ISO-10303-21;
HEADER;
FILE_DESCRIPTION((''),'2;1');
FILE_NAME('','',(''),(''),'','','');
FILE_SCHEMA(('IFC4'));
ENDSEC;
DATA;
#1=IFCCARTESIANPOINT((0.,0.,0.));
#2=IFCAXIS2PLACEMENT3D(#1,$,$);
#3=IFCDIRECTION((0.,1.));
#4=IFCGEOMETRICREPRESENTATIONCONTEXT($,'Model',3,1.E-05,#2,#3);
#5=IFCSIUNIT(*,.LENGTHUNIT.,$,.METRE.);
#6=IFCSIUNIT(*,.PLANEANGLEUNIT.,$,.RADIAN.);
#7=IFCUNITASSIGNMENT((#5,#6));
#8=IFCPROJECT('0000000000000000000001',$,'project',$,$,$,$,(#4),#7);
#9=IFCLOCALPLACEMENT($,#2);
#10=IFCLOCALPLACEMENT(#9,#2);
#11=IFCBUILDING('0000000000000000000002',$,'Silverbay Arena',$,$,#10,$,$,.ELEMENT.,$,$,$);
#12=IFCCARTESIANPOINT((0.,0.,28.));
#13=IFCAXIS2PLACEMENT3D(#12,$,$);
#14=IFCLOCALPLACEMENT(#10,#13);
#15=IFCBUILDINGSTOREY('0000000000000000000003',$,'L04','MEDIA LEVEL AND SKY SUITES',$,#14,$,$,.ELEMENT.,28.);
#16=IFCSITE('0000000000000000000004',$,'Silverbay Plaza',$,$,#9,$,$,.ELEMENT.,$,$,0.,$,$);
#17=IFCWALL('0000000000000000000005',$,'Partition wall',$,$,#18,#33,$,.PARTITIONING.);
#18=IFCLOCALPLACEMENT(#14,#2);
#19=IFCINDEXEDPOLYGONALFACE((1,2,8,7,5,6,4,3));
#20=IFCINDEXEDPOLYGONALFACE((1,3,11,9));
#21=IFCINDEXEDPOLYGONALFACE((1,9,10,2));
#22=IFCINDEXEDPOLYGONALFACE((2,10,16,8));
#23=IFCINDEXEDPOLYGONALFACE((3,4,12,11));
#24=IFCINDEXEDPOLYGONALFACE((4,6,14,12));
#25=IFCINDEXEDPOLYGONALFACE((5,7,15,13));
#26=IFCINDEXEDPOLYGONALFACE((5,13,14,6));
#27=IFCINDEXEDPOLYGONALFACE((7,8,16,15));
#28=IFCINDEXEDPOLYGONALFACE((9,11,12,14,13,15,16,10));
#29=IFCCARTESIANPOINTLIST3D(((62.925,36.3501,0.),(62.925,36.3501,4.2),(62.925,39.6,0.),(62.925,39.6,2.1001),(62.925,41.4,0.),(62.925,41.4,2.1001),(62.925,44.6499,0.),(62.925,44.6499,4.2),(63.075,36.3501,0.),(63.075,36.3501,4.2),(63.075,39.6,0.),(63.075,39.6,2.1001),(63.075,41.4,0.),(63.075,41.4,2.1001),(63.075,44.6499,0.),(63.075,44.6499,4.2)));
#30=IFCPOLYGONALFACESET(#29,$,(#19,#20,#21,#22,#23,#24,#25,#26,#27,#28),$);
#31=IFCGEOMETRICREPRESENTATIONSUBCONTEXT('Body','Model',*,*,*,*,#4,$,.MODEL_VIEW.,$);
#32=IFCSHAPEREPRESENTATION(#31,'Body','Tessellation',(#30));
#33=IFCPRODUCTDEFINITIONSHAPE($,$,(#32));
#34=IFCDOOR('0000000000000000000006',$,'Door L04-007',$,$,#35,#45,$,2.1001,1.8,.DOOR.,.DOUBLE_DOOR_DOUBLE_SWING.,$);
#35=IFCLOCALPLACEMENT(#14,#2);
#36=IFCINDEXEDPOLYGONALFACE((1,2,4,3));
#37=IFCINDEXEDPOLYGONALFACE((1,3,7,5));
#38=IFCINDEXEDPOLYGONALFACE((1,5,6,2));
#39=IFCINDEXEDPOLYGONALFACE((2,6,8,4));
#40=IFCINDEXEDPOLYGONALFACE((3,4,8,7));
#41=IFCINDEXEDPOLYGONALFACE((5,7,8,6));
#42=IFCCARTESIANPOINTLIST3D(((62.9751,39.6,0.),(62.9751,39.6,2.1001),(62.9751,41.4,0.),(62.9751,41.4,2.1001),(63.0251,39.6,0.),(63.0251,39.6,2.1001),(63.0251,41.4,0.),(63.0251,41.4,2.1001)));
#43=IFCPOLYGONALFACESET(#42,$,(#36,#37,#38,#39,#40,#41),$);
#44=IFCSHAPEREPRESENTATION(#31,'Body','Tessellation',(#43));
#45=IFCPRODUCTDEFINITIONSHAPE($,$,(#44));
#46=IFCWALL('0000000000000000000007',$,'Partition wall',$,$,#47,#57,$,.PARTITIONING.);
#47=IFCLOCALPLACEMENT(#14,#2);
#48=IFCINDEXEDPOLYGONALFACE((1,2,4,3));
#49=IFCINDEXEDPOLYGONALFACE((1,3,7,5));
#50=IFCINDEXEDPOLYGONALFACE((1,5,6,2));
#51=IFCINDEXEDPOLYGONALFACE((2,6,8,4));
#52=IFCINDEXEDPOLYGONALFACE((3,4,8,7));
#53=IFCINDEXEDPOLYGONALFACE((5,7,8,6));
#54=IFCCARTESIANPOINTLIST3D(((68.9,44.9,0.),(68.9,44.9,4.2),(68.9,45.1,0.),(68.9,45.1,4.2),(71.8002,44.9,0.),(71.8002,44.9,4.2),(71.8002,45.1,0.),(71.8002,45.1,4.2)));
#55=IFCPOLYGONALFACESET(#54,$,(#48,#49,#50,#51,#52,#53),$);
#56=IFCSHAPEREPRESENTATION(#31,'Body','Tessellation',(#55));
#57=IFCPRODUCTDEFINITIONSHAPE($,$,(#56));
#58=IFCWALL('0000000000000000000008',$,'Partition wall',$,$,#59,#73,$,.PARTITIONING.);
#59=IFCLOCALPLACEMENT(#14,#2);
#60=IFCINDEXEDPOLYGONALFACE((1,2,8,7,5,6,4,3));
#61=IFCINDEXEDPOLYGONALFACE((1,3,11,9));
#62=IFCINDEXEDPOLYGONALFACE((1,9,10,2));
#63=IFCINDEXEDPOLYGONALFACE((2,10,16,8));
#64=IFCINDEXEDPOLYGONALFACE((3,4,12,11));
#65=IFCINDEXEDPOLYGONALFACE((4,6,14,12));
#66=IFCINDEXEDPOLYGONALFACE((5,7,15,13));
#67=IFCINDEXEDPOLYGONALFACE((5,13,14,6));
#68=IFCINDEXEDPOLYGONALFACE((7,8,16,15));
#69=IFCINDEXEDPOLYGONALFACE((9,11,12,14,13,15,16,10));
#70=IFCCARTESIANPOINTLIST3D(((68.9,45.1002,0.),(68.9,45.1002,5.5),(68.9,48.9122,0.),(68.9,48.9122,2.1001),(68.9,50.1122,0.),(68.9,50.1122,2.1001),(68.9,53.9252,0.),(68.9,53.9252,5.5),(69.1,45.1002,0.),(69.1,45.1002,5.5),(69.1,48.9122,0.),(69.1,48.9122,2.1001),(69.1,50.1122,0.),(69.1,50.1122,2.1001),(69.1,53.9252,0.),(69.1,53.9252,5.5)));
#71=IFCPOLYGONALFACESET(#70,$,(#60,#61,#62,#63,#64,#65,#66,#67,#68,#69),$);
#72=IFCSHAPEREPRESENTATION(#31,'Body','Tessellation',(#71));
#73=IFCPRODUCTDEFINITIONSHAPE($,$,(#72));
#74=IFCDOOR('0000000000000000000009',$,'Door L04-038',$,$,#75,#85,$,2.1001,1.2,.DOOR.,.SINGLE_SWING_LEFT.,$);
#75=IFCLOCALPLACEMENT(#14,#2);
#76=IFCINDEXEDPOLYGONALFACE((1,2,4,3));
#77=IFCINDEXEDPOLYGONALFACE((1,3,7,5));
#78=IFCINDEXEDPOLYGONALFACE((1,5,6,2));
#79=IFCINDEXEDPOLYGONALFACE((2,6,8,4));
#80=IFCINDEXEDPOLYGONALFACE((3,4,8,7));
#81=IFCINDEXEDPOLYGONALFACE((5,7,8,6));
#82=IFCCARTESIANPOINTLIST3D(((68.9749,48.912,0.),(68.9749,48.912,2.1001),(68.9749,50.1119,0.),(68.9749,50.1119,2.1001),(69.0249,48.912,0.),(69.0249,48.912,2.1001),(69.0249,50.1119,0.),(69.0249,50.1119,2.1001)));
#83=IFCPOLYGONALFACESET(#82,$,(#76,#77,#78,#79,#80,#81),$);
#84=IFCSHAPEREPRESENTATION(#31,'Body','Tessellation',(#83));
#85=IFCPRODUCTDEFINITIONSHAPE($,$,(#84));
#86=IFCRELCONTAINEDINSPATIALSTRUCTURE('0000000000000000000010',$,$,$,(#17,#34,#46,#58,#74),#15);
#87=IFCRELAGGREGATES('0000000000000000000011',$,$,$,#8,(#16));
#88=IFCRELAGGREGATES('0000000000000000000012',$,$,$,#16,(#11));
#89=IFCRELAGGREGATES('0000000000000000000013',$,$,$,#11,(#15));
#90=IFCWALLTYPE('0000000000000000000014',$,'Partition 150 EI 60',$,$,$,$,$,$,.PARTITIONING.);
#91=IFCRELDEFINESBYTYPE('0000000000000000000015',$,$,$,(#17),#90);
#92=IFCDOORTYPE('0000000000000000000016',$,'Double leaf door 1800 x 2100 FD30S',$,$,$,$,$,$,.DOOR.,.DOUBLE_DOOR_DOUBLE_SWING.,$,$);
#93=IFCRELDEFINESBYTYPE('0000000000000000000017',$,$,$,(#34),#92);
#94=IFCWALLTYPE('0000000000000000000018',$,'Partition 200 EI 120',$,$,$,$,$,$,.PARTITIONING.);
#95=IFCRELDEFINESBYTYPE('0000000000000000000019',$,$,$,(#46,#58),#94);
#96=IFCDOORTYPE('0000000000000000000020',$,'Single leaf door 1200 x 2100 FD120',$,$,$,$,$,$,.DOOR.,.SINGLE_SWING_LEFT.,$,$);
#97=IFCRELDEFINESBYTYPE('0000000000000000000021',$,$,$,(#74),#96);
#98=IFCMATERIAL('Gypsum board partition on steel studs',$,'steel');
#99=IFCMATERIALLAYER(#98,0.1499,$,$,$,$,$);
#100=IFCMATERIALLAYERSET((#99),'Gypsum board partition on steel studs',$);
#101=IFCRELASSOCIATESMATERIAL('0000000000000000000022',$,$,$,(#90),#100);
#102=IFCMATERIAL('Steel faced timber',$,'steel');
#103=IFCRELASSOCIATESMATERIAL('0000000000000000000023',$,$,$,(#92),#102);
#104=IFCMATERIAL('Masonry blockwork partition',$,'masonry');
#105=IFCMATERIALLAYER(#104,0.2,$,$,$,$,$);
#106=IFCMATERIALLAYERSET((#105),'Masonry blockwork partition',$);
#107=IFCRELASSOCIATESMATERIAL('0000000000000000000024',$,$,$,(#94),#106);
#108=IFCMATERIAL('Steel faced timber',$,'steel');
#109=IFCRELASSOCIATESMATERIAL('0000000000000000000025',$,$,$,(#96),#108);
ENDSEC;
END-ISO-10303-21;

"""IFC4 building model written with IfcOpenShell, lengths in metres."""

from ifc_helpers import new_model, si_unit, direction, frame, frame_2d, origin, place, context, subcontext, project, spatial, rectangle, extrude, material, layer, layer_set, type_object, element, fill, save


model = new_model("IFC4")

# Units and contexts
model_context = context("Model", 3, precision=1e-05, world=origin(), true_north=direction((0.0, 1.0)))
body_context = subcontext(model_context, "Body", "Model", "MODEL_VIEW")
ifc_project = project(units=[si_unit("LENGTHUNIT", "METRE"), si_unit("PLANEANGLEUNIT", "RADIAN")], contexts=[model_context])

# Site, building, storey
site_placement = place(None, origin())
site = spatial("IfcSite", under=ifc_project, at=site_placement, Name="Silverbay Plaza", CompositionType="ELEMENT", RefElevation=0.0)
building_placement = place(site_placement, origin())
building = spatial("IfcBuilding", under=site, at=building_placement, Name="Silverbay Arena", CompositionType="ELEMENT")
storey_placement = place(building_placement, frame((0.0, 0.0, 28.0)))
storey = spatial("IfcBuildingStorey", under=building, at=storey_placement, Name="L04", Description="MEDIA LEVEL AND SKY SUITES", CompositionType="ELEMENT", Elevation=28.0)

# Shared definitions
ifc_material_1 = material(Name="Gypsum board partition on steel studs", Category="steel")
ifc_layer_1 = layer(ifc_material_1, 0.1499)
ifc_layer_set_1 = layer_set([ifc_layer_1], Name="Gypsum board partition on steel studs")
wall_type_1 = type_object("IfcWallType", Name="Partition 150 EI 60", PredefinedType="PARTITIONING", material=ifc_layer_set_1)

# Wall, opening, door
wall_1_placement = place(storey_placement, frame((63.0, 36.3501, 0.0), z_axis=(0.0, 0.0, 1.0), x_axis=(0.0, 1.0, 0.0)))
wall_1 = element("IfcWall", 1, at=wall_1_placement, inside=storey, type_object=wall_type_1, Name="Partition wall", PredefinedType="PARTITIONING", context=body_context, shape_type="SweptSolid", body=[
    extrude(rectangle(XDim=8.2998, YDim=0.1499, at=frame_2d((4.1499, 0.0))), origin(), (0.0, 0.0, 1.0), 4.2),
])
opening_1_placement = place(wall_1_placement, frame((3.25, 0.0, 0.0)))
opening_1 = element("IfcOpeningElement", 2, at=opening_1_placement, cuts=wall_1, PredefinedType="OPENING", context=body_context, shape_type="SweptSolid", body=[
    extrude(rectangle(XDim=1.8, YDim=2.1001, at=frame_2d((0.8999, 1.05))), frame((0.0, 0.085, 0.0), z_axis=(0.0, -1.0, 0.0), x_axis=(1.0, 0.0, 0.0)), (0.0, 0.0, 1.0), 0.1699),
])
ifc_material_2 = material(Name="Steel faced timber", Category="steel")
door_type_1 = type_object("IfcDoorType", Name="Double leaf door 1800 x 2100 FD30S", OperationType="DOUBLE_DOOR_DOUBLE_SWING", PredefinedType="DOOR", material=ifc_material_2)
door_1_placement = place(opening_1_placement, origin())
door_1 = element("IfcDoor", 3, at=door_1_placement, inside=storey, type_object=door_type_1, Name="Door L04-007", OperationType="DOUBLE_DOOR_DOUBLE_SWING", OverallHeight=2.1001, OverallWidth=1.8, PredefinedType="DOOR", context=body_context, shape_type="SweptSolid", body=[
    extrude(rectangle(XDim=1.8, YDim=2.1001, at=frame_2d((0.8999, 1.05))), frame((0.0, 0.0249, 0.0), z_axis=(0.0, -1.0, 0.0), x_axis=(1.0, 0.0, 0.0)), (0.0, 0.0, 1.0), 0.05),
])
fill(opening_1, door_1)

# Wall
ifc_material_3 = material(Name="Masonry blockwork partition", Category="masonry")
ifc_layer_2 = layer(ifc_material_3, 0.2)
ifc_layer_set_2 = layer_set([ifc_layer_2], Name="Masonry blockwork partition")
wall_type_2 = type_object("IfcWallType", Name="Partition 200 EI 120", PredefinedType="PARTITIONING", material=ifc_layer_set_2)
wall_2_placement = place(storey_placement, frame((68.8999, 45.0, 0.0), z_axis=(0.0, 0.0, 1.0), x_axis=(1.0, 0.0, 0.0)))
element("IfcWall", 4, at=wall_2_placement, inside=storey, type_object=wall_type_2, Name="Partition wall", PredefinedType="PARTITIONING", context=body_context, shape_type="SweptSolid", body=[
    extrude(rectangle(XDim=2.9001, YDim=0.2, at=frame_2d((1.4502, 0.0))), origin(), (0.0, 0.0, 1.0), 4.2),
])

# Wall, opening, door
wall_3_placement = place(storey_placement, frame((69.0, 45.1001, 0.0), z_axis=(0.0, 0.0, 1.0), x_axis=(0.0, 1.0, 0.0)))
wall_3 = element("IfcWall", 5, at=wall_3_placement, inside=storey, type_object=wall_type_2, Name="Partition wall", PredefinedType="PARTITIONING", context=body_context, shape_type="SweptSolid", body=[
    extrude(rectangle(XDim=8.825, YDim=0.2, at=frame_2d((4.4126, 0.0))), origin(), (0.0, 0.0, 1.0), 5.5),
])
opening_2_placement = place(wall_3_placement, frame((3.812, 0.0, 0.0)))
opening_2 = element("IfcOpeningElement", 6, at=opening_2_placement, cuts=wall_3, PredefinedType="OPENING", context=body_context, shape_type="SweptSolid", body=[
    extrude(rectangle(XDim=1.2, YDim=2.1001, at=frame_2d((0.6001, 1.05))), frame((0.0, 0.1099, 0.0), z_axis=(0.0, -1.0, 0.0), x_axis=(1.0, 0.0, 0.0)), (0.0, 0.0, 1.0), 0.22),
])
ifc_material_4 = material(Name="Steel faced timber", Category="steel")
door_type_2 = type_object("IfcDoorType", Name="Single leaf door 1200 x 2100 FD120", OperationType="SINGLE_SWING_LEFT", PredefinedType="DOOR", material=ifc_material_4)
door_2_placement = place(opening_2_placement, frame((1.2, 0.0, 0.0), z_axis=(0.0, 0.0, 1.0), x_axis=(-1.0, 0.0, 0.0)))
door_2 = element("IfcDoor", 7, at=door_2_placement, inside=storey, type_object=door_type_2, Name="Door L04-038", OperationType="SINGLE_SWING_LEFT", OverallHeight=2.1001, OverallWidth=1.2, PredefinedType="DOOR", context=body_context, shape_type="SweptSolid", body=[
    extrude(rectangle(XDim=1.2, YDim=2.1001, at=frame_2d((0.6001, 1.05))), frame((0.0, 0.0249, 0.0), z_axis=(0.0, -1.0, 0.0), x_axis=(1.0, 0.0, 0.0)), (0.0, 0.0, 1.0), 0.05),
])
fill(opening_2, door_2)

save(model, "model.ifc")
